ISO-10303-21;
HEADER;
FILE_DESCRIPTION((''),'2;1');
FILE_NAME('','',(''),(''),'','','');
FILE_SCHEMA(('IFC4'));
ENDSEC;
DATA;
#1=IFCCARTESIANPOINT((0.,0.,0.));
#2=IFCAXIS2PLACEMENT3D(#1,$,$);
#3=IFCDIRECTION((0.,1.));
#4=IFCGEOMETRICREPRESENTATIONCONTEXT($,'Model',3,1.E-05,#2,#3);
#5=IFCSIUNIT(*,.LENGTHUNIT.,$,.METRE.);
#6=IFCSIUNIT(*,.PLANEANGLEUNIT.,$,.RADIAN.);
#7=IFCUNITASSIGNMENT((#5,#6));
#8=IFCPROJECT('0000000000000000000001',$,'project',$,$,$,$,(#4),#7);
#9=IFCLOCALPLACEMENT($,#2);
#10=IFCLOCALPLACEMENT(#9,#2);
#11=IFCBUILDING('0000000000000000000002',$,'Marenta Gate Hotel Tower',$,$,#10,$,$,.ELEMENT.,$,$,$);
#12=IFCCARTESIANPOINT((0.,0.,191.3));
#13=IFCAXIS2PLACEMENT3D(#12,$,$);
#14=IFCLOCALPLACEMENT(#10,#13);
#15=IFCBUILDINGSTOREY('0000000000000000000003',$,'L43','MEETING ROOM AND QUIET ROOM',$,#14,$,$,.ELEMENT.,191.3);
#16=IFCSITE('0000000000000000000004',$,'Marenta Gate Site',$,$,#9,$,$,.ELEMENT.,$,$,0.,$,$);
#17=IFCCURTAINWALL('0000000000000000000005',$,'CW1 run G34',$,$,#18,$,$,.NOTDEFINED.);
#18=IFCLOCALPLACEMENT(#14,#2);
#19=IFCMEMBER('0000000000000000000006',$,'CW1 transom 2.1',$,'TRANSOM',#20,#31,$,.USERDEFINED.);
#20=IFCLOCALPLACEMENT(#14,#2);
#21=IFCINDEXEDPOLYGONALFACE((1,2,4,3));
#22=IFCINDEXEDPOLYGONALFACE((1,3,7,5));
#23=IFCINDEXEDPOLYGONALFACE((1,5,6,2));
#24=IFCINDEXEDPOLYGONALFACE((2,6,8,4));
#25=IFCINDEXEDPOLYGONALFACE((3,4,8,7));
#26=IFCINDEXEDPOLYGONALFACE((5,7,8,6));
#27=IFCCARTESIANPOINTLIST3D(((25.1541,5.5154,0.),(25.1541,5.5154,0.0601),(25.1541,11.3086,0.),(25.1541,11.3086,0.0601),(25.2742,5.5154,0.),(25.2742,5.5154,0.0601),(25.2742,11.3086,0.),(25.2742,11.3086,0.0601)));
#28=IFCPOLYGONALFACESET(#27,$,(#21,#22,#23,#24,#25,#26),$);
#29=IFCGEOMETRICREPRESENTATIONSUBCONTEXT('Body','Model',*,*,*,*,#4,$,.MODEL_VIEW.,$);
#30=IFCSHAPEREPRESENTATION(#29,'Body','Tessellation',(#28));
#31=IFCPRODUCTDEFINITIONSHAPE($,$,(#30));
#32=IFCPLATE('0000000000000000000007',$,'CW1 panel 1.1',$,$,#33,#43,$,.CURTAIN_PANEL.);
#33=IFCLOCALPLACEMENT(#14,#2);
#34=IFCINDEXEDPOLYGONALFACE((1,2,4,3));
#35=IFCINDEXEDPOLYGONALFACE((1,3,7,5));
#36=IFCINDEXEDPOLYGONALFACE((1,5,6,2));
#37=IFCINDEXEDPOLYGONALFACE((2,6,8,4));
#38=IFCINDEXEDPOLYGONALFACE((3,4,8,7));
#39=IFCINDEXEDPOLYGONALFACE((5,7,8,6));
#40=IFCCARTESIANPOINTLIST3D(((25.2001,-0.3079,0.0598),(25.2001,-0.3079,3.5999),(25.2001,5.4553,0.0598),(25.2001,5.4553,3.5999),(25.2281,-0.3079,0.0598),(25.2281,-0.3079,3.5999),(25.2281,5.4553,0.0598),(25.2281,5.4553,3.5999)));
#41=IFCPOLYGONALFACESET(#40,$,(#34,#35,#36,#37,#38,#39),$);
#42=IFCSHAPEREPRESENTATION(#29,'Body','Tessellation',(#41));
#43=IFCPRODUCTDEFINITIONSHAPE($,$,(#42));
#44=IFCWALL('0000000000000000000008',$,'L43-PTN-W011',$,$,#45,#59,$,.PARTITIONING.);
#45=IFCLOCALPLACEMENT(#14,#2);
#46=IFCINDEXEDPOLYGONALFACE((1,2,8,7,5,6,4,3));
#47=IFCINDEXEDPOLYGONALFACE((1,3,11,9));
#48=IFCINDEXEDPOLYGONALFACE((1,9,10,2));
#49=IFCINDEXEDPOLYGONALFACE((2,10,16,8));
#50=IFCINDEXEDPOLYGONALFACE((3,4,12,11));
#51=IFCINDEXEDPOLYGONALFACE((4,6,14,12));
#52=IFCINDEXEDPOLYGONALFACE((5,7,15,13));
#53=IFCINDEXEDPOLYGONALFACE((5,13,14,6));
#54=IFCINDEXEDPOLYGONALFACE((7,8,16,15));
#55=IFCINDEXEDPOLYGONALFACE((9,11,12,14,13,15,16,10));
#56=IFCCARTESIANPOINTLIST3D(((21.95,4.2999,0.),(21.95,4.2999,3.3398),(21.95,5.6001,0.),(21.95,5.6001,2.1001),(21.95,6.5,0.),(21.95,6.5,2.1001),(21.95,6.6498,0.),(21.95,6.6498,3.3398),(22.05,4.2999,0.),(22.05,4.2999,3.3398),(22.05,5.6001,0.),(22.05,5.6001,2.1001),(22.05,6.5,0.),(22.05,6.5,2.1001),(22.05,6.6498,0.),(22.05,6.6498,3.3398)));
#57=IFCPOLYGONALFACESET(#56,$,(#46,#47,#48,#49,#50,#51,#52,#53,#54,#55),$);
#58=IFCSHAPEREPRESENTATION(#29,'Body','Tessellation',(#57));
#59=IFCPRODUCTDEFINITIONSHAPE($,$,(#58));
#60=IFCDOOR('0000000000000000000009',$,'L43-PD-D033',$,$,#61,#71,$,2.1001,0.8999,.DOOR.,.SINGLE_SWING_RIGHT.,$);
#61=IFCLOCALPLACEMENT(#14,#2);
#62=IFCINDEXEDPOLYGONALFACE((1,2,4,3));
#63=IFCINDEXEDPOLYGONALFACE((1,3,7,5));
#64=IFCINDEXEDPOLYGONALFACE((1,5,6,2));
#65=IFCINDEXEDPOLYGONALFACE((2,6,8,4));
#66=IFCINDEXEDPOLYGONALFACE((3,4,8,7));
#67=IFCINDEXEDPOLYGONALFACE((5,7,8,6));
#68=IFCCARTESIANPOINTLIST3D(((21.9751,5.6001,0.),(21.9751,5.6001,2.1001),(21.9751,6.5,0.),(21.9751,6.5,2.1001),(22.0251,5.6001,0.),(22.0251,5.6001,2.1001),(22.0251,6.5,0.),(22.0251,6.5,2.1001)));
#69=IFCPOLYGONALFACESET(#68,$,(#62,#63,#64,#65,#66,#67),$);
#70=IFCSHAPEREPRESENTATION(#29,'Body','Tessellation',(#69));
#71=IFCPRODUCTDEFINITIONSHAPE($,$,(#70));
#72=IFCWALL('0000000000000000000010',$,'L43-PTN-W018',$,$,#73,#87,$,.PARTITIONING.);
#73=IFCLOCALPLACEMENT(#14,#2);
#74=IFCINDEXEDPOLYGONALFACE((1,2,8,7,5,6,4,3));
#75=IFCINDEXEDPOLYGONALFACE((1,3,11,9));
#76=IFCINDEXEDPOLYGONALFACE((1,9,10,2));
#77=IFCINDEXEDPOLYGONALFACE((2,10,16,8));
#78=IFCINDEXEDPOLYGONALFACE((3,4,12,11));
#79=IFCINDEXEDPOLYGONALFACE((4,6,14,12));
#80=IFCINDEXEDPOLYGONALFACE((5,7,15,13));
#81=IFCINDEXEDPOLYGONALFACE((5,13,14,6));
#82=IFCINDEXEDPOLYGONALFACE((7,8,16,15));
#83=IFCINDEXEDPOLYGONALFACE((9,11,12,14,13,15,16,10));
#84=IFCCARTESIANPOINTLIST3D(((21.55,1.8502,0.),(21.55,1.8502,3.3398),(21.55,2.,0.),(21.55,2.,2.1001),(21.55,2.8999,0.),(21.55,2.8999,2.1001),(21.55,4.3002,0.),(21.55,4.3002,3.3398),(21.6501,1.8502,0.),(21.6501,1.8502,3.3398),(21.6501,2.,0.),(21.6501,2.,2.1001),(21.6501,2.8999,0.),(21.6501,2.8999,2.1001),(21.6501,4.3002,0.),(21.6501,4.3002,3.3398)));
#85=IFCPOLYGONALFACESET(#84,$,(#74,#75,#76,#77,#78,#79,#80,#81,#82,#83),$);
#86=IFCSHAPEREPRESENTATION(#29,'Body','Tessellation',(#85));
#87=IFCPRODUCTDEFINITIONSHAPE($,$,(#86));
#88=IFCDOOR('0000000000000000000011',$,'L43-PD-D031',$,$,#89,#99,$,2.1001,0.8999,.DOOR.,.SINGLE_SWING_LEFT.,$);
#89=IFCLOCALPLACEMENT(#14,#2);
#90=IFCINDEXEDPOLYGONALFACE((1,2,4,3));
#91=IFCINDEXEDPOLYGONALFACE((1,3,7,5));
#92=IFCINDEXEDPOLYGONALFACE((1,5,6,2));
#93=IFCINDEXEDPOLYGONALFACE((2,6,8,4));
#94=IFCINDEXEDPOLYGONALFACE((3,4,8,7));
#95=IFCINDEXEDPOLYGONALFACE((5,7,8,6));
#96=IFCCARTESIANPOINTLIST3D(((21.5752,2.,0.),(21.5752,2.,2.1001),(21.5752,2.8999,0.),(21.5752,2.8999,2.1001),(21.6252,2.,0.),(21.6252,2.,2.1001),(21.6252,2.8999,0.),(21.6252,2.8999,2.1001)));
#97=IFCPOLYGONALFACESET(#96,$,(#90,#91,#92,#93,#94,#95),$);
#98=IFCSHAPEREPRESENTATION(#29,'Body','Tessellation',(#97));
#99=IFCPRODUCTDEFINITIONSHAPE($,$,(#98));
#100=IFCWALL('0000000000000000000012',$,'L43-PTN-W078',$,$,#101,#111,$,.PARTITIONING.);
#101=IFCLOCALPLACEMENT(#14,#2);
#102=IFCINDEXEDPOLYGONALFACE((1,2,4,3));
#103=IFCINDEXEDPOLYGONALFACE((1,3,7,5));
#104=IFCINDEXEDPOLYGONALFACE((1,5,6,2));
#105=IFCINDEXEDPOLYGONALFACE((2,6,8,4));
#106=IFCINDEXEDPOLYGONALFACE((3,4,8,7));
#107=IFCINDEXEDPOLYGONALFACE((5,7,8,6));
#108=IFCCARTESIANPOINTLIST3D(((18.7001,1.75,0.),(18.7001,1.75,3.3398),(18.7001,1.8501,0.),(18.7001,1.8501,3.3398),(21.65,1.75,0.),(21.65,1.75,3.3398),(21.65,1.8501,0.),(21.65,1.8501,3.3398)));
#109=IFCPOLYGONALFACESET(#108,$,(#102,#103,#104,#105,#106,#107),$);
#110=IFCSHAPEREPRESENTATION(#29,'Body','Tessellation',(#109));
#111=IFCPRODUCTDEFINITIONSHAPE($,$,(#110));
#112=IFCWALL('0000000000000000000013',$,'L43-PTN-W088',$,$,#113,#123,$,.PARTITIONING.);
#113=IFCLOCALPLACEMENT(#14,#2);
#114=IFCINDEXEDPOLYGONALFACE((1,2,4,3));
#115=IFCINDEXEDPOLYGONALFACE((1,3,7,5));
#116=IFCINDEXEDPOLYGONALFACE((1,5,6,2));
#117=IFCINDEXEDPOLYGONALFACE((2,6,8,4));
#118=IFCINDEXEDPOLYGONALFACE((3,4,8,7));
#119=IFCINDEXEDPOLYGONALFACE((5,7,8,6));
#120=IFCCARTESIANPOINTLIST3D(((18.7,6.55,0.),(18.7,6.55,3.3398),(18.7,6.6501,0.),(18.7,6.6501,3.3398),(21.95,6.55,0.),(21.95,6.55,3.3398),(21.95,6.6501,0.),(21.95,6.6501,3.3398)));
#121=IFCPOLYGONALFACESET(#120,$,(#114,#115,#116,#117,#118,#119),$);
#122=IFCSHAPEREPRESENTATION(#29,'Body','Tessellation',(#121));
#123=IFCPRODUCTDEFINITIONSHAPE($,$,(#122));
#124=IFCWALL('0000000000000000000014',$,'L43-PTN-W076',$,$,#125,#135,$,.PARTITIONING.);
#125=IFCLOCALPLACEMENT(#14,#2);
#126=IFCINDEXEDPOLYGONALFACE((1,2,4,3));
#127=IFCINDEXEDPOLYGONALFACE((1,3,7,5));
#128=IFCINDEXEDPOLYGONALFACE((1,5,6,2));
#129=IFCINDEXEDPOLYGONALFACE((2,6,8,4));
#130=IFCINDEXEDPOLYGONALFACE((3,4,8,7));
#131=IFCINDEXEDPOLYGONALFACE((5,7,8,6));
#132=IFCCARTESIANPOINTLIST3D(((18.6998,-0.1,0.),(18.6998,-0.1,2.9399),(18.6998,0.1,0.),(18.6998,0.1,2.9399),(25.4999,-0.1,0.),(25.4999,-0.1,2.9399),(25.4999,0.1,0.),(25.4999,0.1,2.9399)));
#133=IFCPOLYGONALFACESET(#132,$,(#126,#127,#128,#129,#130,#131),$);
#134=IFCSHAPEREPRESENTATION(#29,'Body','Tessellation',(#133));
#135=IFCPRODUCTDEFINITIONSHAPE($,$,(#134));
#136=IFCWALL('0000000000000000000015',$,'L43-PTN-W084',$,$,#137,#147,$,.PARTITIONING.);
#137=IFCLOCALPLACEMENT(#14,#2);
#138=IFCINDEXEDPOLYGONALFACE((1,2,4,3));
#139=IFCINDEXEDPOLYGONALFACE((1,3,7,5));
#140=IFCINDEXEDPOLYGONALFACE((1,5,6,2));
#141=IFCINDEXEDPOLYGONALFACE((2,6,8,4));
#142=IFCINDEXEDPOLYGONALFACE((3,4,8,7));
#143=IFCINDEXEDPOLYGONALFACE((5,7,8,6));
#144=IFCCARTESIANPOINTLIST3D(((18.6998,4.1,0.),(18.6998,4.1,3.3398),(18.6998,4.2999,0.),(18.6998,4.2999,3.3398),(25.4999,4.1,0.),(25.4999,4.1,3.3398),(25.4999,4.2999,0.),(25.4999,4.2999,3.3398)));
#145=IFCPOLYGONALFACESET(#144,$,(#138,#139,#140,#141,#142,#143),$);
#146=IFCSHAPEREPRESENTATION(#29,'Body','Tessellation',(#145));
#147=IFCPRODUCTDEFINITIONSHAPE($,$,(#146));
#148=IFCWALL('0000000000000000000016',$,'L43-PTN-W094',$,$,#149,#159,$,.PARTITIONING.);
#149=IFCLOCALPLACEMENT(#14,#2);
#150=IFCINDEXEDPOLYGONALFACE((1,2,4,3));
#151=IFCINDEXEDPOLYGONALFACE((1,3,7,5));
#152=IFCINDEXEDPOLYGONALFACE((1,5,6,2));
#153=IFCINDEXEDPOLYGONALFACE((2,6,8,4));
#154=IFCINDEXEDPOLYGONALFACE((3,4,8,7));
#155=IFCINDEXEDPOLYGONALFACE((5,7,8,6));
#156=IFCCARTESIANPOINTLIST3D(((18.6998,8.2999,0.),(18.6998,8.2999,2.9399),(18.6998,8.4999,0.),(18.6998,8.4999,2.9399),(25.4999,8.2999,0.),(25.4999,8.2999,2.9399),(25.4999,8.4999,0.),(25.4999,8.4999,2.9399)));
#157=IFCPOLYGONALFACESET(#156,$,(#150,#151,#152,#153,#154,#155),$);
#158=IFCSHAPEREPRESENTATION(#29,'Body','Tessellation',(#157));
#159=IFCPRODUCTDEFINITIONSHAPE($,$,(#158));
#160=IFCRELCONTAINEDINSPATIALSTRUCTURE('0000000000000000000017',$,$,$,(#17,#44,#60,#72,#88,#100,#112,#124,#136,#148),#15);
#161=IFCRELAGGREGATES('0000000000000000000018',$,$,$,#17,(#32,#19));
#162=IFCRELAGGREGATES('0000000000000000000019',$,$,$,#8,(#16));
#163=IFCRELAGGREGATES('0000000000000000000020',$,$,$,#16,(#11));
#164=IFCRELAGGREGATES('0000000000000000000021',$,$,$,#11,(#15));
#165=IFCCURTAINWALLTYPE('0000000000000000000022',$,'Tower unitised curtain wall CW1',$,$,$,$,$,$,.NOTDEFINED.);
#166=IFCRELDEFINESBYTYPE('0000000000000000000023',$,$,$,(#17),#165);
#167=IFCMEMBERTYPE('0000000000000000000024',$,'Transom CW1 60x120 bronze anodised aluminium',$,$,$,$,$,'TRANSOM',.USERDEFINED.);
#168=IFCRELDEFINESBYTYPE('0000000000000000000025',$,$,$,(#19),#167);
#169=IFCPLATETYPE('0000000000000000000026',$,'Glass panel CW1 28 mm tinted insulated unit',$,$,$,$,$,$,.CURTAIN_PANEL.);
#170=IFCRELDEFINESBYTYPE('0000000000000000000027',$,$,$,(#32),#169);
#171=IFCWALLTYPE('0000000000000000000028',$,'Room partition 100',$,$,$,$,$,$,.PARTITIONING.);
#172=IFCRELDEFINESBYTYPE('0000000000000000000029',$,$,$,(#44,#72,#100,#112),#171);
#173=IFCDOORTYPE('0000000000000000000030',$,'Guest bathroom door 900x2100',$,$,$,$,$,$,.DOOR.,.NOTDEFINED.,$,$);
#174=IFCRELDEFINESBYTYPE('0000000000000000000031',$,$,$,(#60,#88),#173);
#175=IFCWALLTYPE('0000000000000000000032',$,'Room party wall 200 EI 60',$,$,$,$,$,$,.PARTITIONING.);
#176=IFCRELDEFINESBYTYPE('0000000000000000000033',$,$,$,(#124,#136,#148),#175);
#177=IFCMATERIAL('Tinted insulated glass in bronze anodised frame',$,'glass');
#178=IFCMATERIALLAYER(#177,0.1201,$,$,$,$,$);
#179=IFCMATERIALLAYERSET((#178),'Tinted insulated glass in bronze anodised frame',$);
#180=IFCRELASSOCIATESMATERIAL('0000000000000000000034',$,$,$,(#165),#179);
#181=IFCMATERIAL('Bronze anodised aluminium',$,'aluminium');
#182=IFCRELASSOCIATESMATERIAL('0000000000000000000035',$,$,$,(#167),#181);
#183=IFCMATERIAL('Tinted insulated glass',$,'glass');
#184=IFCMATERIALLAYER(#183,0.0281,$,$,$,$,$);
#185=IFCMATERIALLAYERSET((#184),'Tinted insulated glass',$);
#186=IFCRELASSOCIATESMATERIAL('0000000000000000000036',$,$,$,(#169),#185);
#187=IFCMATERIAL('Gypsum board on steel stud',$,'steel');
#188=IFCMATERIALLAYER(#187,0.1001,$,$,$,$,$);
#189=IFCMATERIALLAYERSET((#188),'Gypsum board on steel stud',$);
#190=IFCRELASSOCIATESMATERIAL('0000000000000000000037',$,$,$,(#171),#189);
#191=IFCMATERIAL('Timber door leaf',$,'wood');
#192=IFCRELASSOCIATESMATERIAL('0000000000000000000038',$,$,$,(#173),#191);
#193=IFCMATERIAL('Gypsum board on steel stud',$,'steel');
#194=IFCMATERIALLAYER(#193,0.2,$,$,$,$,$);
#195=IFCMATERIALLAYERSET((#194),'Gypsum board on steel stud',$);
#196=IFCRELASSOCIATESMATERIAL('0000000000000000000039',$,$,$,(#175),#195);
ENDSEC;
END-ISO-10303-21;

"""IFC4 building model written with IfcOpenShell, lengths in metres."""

from ifc_helpers import new_model, si_unit, direction, frame, frame_2d, origin, origin_2d, place, context, subcontext, project, spatial, rectangle, extrude, material, layer, layer_set, material_profile, profile_set, type_object, element, fill, aggregate, save


model = new_model("IFC4")

# Units and contexts
model_context = context("Model", 3, precision=1e-05, world=origin(), true_north=direction((0.0, 1.0)))
body_context = subcontext(model_context, "Body", "Model", "MODEL_VIEW")
ifc_project = project(units=[si_unit("LENGTHUNIT", "METRE"), si_unit("PLANEANGLEUNIT", "RADIAN")], contexts=[model_context])

# Site, building, storey
site_placement = place(None, origin())
site = spatial("IfcSite", under=ifc_project, at=site_placement, Name="Marenta Gate Site", CompositionType="ELEMENT", RefElevation=0.0)
building_placement = place(site_placement, origin())
building = spatial("IfcBuilding", under=site, at=building_placement, Name="Marenta Gate Hotel Tower", CompositionType="ELEMENT")
storey_placement = place(building_placement, frame((0.0, 0.0, 191.3)))
storey = spatial("IfcBuildingStorey", under=building, at=storey_placement, Name="L43", Description="MEETING ROOM AND QUIET ROOM", CompositionType="ELEMENT", Elevation=191.3)

# Curtain wall, member, plate
ifc_material_1 = material(Name="Tinted insulated glass in bronze anodised frame", Category="glass")
ifc_layer_1 = layer(ifc_material_1, 0.1201)
ifc_layer_set_1 = layer_set([ifc_layer_1], Name="Tinted insulated glass in bronze anodised frame")
curtain_wall_type = type_object("IfcCurtainWallType", Name="Tower unitised curtain wall CW1", PredefinedType="NOTDEFINED", material=ifc_layer_set_1)
curtain_wall_placement = place(storey_placement, origin())
curtain_wall = element("IfcCurtainWall", 1, at=curtain_wall_placement, inside=storey, type_object=curtain_wall_type, Name="CW1 run G34", PredefinedType="NOTDEFINED")
ifc_material_2 = material(Name="Bronze anodised aluminium", Category="aluminium")
ifc_material_profile_1 = material_profile(ifc_material_2, rectangle(XDim=0.1201, YDim=0.0601, at=origin_2d()), Name="Transom CW1 60x120 bronze anodised aluminium")
ifc_profile_set_1 = profile_set([ifc_material_profile_1], Name="Bronze anodised aluminium")
member_type_1 = type_object("IfcMemberType", Name="Transom CW1 60x120 bronze anodised aluminium", ElementType="TRANSOM", PredefinedType="USERDEFINED", material=ifc_profile_set_1)
member_1_placement = place(storey_placement, frame((25.2141, 5.5154, 0.03), z_axis=(0.0, 1.0, 0.0), x_axis=(-1.0, 0.0, 0.0)))
member_1 = element("IfcMember", 2, at=member_1_placement, type_object=member_type_1, Name="CW1 transom 2.1", ObjectType="TRANSOM", PredefinedType="USERDEFINED", context=body_context, shape_type="SweptSolid", body=[
    extrude(rectangle(XDim=0.1201, YDim=0.0601, at=origin_2d()), origin(), (0.0, 0.0, 1.0), 5.7932),
])
ifc_material_3 = material(Name="Tinted insulated glass", Category="glass")
ifc_layer_2 = layer(ifc_material_3, 0.0281)
ifc_layer_set_2 = layer_set([ifc_layer_2], Name="Tinted insulated glass")
plate_type = type_object("IfcPlateType", Name="Glass panel CW1 28 mm tinted insulated unit", PredefinedType="CURTAIN_PANEL", material=ifc_layer_set_2)
plate_placement = place(storey_placement, frame((25.2141, 2.5737, 0.0598), z_axis=(0.0, 0.0, 1.0), x_axis=(0.0, 1.0, 0.0)))
plate = element("IfcPlate", 3, at=plate_placement, type_object=plate_type, Name="CW1 panel 1.1", PredefinedType="CURTAIN_PANEL", context=body_context, shape_type="SweptSolid", body=[
    extrude(rectangle(XDim=5.7632, YDim=0.0281, at=origin_2d()), origin(), (0.0, 0.0, 1.0), 3.54),
])
aggregate(curtain_wall, [plate, member_1])

# Walls, openings, doors
ifc_material_4 = material(Name="Gypsum board on steel stud", Category="steel")
ifc_layer_3 = layer(ifc_material_4, 0.1001)
ifc_layer_set_3 = layer_set([ifc_layer_3], Name="Gypsum board on steel stud")
wall_type_1 = type_object("IfcWallType", Name="Room partition 100", PredefinedType="PARTITIONING", material=ifc_layer_set_3)
wall_1_placement = place(storey_placement, frame((22.0, 4.3, 0.0), z_axis=(0.0, 0.0, 1.0), x_axis=(0.0, 1.0, 0.0)))
wall_1 = element("IfcWall", 4, at=wall_1_placement, inside=storey, type_object=wall_type_1, Name="L43-PTN-W011", PredefinedType="PARTITIONING", context=body_context, shape_type="SweptSolid", body=[
    extrude(rectangle(XDim=2.3499, YDim=0.1001, at=frame_2d((1.1748, 0.0))), origin(), (0.0, 0.0, 1.0), 3.3398),
])
opening_1_placement = place(wall_1_placement, frame((1.3, 0.0, 0.0)))
opening_1 = element("IfcOpeningElement", 5, at=opening_1_placement, cuts=wall_1, PredefinedType="OPENING", context=body_context, shape_type="SweptSolid", body=[
    extrude(rectangle(XDim=0.8999, YDim=2.1001, at=frame_2d((0.45, 1.05))), frame((0.0, 0.05, 0.0), z_axis=(0.0, -1.0, 0.0), x_axis=(1.0, 0.0, 0.0)), (0.0, 0.0, 1.0), 0.1001),
])
ifc_material_5 = material(Name="Timber door leaf", Category="wood")
door_type_1 = type_object("IfcDoorType", Name="Guest bathroom door 900x2100", OperationType="NOTDEFINED", PredefinedType="DOOR", material=ifc_material_5)
door_1_placement = place(opening_1_placement, origin())
door_1 = element("IfcDoor", 6, at=door_1_placement, inside=storey, type_object=door_type_1, Name="L43-PD-D033", OperationType="SINGLE_SWING_RIGHT", OverallHeight=2.1001, OverallWidth=0.8999, PredefinedType="DOOR", context=body_context, shape_type="SweptSolid", body=[
    extrude(rectangle(XDim=0.8999, YDim=2.1001, at=frame_2d((0.45, 1.05))), frame((0.0, 0.0249, 0.0), z_axis=(0.0, -1.0, 0.0), x_axis=(1.0, 0.0, 0.0)), (0.0, 0.0, 1.0), 0.05),
])
fill(opening_1, door_1)
wall_2_placement = place(storey_placement, frame((21.6001, 1.8501, 0.0), z_axis=(0.0, 0.0, 1.0), x_axis=(0.0, 1.0, 0.0)))
wall_2 = element("IfcWall", 7, at=wall_2_placement, inside=storey, type_object=wall_type_1, Name="L43-PTN-W018", PredefinedType="PARTITIONING", context=body_context, shape_type="SweptSolid", body=[
    extrude(rectangle(XDim=2.45, YDim=0.1001, at=frame_2d((1.2251, 0.0))), origin(), (0.0, 0.0, 1.0), 3.3398),
])
opening_2_placement = place(wall_2_placement, frame((0.1499, 0.0, 0.0)))
opening_2 = element("IfcOpeningElement", 8, at=opening_2_placement, cuts=wall_2, PredefinedType="OPENING", context=body_context, shape_type="SweptSolid", body=[
    extrude(rectangle(XDim=0.8999, YDim=2.1001, at=frame_2d((0.45, 1.05))), frame((0.0, 0.05, 0.0), z_axis=(0.0, -1.0, 0.0), x_axis=(1.0, 0.0, 0.0)), (0.0, 0.0, 1.0), 0.1001),
])
door_2_placement = place(opening_2_placement, origin())
door_2 = element("IfcDoor", 9, at=door_2_placement, inside=storey, type_object=door_type_1, Name="L43-PD-D031", OperationType="SINGLE_SWING_LEFT", OverallHeight=2.1001, OverallWidth=0.8999, PredefinedType="DOOR", context=body_context, shape_type="SweptSolid", body=[
    extrude(rectangle(XDim=0.8999, YDim=2.1001, at=frame_2d((0.45, 1.05))), frame((0.0, 0.0249, 0.0), z_axis=(0.0, -1.0, 0.0), x_axis=(1.0, 0.0, 0.0)), (0.0, 0.0, 1.0), 0.05),
])
fill(opening_2, door_2)

# Walls
wall_3_placement = place(storey_placement, frame((18.7, 1.8, 0.0), z_axis=(0.0, 0.0, 1.0), x_axis=(1.0, 0.0, 0.0)))
element("IfcWall", 10, at=wall_3_placement, inside=storey, type_object=wall_type_1, Name="L43-PTN-W078", PredefinedType="PARTITIONING", context=body_context, shape_type="SweptSolid", body=[
    extrude(rectangle(XDim=2.95, YDim=0.1001, at=frame_2d((1.4751, 0.0))), origin(), (0.0, 0.0, 1.0), 3.3398),
])
wall_4_placement = place(storey_placement, frame((18.7, 6.6001, 0.0), z_axis=(0.0, 0.0, 1.0), x_axis=(1.0, 0.0, 0.0)))
element("IfcWall", 11, at=wall_4_placement, inside=storey, type_object=wall_type_1, Name="L43-PTN-W088", PredefinedType="PARTITIONING", context=body_context, shape_type="SweptSolid", body=[
    extrude(rectangle(XDim=3.25, YDim=0.1001, at=frame_2d((1.625, 0.0))), origin(), (0.0, 0.0, 1.0), 3.3398),
])
ifc_material_6 = material(Name="Gypsum board on steel stud", Category="steel")
ifc_layer_4 = layer(ifc_material_6, 0.2)
ifc_layer_set_4 = layer_set([ifc_layer_4], Name="Gypsum board on steel stud")
wall_type_2 = type_object("IfcWallType", Name="Room party wall 200 EI 60", PredefinedType="PARTITIONING", material=ifc_layer_set_4)
wall_5_placement = place(storey_placement, frame((18.7, 0.0, 0.0), z_axis=(0.0, 0.0, 1.0), x_axis=(1.0, 0.0, 0.0)))
element("IfcWall", 12, at=wall_5_placement, inside=storey, type_object=wall_type_2, Name="L43-PTN-W076", PredefinedType="PARTITIONING", context=body_context, shape_type="SweptSolid", body=[
    extrude(rectangle(XDim=6.8, YDim=0.2, at=frame_2d((3.3999, 0.0))), origin(), (0.0, 0.0, 1.0), 2.9399),
])
wall_6_placement = place(storey_placement, frame((18.7, 4.2, 0.0), z_axis=(0.0, 0.0, 1.0), x_axis=(1.0, 0.0, 0.0)))
element("IfcWall", 13, at=wall_6_placement, inside=storey, type_object=wall_type_2, Name="L43-PTN-W084", PredefinedType="PARTITIONING", context=body_context, shape_type="SweptSolid", body=[
    extrude(rectangle(XDim=6.8, YDim=0.2, at=frame_2d((3.3999, 0.0))), origin(), (0.0, 0.0, 1.0), 3.3398),
])
wall_7_placement = place(storey_placement, frame((18.7, 8.3999, 0.0), z_axis=(0.0, 0.0, 1.0), x_axis=(1.0, 0.0, 0.0)))
element("IfcWall", 14, at=wall_7_placement, inside=storey, type_object=wall_type_2, Name="L43-PTN-W094", PredefinedType="PARTITIONING", context=body_context, shape_type="SweptSolid", body=[
    extrude(rectangle(XDim=6.8, YDim=0.2, at=frame_2d((3.3999, 0.0))), origin(), (0.0, 0.0, 1.0), 2.9399),
])

save(model, "model.ifc")
